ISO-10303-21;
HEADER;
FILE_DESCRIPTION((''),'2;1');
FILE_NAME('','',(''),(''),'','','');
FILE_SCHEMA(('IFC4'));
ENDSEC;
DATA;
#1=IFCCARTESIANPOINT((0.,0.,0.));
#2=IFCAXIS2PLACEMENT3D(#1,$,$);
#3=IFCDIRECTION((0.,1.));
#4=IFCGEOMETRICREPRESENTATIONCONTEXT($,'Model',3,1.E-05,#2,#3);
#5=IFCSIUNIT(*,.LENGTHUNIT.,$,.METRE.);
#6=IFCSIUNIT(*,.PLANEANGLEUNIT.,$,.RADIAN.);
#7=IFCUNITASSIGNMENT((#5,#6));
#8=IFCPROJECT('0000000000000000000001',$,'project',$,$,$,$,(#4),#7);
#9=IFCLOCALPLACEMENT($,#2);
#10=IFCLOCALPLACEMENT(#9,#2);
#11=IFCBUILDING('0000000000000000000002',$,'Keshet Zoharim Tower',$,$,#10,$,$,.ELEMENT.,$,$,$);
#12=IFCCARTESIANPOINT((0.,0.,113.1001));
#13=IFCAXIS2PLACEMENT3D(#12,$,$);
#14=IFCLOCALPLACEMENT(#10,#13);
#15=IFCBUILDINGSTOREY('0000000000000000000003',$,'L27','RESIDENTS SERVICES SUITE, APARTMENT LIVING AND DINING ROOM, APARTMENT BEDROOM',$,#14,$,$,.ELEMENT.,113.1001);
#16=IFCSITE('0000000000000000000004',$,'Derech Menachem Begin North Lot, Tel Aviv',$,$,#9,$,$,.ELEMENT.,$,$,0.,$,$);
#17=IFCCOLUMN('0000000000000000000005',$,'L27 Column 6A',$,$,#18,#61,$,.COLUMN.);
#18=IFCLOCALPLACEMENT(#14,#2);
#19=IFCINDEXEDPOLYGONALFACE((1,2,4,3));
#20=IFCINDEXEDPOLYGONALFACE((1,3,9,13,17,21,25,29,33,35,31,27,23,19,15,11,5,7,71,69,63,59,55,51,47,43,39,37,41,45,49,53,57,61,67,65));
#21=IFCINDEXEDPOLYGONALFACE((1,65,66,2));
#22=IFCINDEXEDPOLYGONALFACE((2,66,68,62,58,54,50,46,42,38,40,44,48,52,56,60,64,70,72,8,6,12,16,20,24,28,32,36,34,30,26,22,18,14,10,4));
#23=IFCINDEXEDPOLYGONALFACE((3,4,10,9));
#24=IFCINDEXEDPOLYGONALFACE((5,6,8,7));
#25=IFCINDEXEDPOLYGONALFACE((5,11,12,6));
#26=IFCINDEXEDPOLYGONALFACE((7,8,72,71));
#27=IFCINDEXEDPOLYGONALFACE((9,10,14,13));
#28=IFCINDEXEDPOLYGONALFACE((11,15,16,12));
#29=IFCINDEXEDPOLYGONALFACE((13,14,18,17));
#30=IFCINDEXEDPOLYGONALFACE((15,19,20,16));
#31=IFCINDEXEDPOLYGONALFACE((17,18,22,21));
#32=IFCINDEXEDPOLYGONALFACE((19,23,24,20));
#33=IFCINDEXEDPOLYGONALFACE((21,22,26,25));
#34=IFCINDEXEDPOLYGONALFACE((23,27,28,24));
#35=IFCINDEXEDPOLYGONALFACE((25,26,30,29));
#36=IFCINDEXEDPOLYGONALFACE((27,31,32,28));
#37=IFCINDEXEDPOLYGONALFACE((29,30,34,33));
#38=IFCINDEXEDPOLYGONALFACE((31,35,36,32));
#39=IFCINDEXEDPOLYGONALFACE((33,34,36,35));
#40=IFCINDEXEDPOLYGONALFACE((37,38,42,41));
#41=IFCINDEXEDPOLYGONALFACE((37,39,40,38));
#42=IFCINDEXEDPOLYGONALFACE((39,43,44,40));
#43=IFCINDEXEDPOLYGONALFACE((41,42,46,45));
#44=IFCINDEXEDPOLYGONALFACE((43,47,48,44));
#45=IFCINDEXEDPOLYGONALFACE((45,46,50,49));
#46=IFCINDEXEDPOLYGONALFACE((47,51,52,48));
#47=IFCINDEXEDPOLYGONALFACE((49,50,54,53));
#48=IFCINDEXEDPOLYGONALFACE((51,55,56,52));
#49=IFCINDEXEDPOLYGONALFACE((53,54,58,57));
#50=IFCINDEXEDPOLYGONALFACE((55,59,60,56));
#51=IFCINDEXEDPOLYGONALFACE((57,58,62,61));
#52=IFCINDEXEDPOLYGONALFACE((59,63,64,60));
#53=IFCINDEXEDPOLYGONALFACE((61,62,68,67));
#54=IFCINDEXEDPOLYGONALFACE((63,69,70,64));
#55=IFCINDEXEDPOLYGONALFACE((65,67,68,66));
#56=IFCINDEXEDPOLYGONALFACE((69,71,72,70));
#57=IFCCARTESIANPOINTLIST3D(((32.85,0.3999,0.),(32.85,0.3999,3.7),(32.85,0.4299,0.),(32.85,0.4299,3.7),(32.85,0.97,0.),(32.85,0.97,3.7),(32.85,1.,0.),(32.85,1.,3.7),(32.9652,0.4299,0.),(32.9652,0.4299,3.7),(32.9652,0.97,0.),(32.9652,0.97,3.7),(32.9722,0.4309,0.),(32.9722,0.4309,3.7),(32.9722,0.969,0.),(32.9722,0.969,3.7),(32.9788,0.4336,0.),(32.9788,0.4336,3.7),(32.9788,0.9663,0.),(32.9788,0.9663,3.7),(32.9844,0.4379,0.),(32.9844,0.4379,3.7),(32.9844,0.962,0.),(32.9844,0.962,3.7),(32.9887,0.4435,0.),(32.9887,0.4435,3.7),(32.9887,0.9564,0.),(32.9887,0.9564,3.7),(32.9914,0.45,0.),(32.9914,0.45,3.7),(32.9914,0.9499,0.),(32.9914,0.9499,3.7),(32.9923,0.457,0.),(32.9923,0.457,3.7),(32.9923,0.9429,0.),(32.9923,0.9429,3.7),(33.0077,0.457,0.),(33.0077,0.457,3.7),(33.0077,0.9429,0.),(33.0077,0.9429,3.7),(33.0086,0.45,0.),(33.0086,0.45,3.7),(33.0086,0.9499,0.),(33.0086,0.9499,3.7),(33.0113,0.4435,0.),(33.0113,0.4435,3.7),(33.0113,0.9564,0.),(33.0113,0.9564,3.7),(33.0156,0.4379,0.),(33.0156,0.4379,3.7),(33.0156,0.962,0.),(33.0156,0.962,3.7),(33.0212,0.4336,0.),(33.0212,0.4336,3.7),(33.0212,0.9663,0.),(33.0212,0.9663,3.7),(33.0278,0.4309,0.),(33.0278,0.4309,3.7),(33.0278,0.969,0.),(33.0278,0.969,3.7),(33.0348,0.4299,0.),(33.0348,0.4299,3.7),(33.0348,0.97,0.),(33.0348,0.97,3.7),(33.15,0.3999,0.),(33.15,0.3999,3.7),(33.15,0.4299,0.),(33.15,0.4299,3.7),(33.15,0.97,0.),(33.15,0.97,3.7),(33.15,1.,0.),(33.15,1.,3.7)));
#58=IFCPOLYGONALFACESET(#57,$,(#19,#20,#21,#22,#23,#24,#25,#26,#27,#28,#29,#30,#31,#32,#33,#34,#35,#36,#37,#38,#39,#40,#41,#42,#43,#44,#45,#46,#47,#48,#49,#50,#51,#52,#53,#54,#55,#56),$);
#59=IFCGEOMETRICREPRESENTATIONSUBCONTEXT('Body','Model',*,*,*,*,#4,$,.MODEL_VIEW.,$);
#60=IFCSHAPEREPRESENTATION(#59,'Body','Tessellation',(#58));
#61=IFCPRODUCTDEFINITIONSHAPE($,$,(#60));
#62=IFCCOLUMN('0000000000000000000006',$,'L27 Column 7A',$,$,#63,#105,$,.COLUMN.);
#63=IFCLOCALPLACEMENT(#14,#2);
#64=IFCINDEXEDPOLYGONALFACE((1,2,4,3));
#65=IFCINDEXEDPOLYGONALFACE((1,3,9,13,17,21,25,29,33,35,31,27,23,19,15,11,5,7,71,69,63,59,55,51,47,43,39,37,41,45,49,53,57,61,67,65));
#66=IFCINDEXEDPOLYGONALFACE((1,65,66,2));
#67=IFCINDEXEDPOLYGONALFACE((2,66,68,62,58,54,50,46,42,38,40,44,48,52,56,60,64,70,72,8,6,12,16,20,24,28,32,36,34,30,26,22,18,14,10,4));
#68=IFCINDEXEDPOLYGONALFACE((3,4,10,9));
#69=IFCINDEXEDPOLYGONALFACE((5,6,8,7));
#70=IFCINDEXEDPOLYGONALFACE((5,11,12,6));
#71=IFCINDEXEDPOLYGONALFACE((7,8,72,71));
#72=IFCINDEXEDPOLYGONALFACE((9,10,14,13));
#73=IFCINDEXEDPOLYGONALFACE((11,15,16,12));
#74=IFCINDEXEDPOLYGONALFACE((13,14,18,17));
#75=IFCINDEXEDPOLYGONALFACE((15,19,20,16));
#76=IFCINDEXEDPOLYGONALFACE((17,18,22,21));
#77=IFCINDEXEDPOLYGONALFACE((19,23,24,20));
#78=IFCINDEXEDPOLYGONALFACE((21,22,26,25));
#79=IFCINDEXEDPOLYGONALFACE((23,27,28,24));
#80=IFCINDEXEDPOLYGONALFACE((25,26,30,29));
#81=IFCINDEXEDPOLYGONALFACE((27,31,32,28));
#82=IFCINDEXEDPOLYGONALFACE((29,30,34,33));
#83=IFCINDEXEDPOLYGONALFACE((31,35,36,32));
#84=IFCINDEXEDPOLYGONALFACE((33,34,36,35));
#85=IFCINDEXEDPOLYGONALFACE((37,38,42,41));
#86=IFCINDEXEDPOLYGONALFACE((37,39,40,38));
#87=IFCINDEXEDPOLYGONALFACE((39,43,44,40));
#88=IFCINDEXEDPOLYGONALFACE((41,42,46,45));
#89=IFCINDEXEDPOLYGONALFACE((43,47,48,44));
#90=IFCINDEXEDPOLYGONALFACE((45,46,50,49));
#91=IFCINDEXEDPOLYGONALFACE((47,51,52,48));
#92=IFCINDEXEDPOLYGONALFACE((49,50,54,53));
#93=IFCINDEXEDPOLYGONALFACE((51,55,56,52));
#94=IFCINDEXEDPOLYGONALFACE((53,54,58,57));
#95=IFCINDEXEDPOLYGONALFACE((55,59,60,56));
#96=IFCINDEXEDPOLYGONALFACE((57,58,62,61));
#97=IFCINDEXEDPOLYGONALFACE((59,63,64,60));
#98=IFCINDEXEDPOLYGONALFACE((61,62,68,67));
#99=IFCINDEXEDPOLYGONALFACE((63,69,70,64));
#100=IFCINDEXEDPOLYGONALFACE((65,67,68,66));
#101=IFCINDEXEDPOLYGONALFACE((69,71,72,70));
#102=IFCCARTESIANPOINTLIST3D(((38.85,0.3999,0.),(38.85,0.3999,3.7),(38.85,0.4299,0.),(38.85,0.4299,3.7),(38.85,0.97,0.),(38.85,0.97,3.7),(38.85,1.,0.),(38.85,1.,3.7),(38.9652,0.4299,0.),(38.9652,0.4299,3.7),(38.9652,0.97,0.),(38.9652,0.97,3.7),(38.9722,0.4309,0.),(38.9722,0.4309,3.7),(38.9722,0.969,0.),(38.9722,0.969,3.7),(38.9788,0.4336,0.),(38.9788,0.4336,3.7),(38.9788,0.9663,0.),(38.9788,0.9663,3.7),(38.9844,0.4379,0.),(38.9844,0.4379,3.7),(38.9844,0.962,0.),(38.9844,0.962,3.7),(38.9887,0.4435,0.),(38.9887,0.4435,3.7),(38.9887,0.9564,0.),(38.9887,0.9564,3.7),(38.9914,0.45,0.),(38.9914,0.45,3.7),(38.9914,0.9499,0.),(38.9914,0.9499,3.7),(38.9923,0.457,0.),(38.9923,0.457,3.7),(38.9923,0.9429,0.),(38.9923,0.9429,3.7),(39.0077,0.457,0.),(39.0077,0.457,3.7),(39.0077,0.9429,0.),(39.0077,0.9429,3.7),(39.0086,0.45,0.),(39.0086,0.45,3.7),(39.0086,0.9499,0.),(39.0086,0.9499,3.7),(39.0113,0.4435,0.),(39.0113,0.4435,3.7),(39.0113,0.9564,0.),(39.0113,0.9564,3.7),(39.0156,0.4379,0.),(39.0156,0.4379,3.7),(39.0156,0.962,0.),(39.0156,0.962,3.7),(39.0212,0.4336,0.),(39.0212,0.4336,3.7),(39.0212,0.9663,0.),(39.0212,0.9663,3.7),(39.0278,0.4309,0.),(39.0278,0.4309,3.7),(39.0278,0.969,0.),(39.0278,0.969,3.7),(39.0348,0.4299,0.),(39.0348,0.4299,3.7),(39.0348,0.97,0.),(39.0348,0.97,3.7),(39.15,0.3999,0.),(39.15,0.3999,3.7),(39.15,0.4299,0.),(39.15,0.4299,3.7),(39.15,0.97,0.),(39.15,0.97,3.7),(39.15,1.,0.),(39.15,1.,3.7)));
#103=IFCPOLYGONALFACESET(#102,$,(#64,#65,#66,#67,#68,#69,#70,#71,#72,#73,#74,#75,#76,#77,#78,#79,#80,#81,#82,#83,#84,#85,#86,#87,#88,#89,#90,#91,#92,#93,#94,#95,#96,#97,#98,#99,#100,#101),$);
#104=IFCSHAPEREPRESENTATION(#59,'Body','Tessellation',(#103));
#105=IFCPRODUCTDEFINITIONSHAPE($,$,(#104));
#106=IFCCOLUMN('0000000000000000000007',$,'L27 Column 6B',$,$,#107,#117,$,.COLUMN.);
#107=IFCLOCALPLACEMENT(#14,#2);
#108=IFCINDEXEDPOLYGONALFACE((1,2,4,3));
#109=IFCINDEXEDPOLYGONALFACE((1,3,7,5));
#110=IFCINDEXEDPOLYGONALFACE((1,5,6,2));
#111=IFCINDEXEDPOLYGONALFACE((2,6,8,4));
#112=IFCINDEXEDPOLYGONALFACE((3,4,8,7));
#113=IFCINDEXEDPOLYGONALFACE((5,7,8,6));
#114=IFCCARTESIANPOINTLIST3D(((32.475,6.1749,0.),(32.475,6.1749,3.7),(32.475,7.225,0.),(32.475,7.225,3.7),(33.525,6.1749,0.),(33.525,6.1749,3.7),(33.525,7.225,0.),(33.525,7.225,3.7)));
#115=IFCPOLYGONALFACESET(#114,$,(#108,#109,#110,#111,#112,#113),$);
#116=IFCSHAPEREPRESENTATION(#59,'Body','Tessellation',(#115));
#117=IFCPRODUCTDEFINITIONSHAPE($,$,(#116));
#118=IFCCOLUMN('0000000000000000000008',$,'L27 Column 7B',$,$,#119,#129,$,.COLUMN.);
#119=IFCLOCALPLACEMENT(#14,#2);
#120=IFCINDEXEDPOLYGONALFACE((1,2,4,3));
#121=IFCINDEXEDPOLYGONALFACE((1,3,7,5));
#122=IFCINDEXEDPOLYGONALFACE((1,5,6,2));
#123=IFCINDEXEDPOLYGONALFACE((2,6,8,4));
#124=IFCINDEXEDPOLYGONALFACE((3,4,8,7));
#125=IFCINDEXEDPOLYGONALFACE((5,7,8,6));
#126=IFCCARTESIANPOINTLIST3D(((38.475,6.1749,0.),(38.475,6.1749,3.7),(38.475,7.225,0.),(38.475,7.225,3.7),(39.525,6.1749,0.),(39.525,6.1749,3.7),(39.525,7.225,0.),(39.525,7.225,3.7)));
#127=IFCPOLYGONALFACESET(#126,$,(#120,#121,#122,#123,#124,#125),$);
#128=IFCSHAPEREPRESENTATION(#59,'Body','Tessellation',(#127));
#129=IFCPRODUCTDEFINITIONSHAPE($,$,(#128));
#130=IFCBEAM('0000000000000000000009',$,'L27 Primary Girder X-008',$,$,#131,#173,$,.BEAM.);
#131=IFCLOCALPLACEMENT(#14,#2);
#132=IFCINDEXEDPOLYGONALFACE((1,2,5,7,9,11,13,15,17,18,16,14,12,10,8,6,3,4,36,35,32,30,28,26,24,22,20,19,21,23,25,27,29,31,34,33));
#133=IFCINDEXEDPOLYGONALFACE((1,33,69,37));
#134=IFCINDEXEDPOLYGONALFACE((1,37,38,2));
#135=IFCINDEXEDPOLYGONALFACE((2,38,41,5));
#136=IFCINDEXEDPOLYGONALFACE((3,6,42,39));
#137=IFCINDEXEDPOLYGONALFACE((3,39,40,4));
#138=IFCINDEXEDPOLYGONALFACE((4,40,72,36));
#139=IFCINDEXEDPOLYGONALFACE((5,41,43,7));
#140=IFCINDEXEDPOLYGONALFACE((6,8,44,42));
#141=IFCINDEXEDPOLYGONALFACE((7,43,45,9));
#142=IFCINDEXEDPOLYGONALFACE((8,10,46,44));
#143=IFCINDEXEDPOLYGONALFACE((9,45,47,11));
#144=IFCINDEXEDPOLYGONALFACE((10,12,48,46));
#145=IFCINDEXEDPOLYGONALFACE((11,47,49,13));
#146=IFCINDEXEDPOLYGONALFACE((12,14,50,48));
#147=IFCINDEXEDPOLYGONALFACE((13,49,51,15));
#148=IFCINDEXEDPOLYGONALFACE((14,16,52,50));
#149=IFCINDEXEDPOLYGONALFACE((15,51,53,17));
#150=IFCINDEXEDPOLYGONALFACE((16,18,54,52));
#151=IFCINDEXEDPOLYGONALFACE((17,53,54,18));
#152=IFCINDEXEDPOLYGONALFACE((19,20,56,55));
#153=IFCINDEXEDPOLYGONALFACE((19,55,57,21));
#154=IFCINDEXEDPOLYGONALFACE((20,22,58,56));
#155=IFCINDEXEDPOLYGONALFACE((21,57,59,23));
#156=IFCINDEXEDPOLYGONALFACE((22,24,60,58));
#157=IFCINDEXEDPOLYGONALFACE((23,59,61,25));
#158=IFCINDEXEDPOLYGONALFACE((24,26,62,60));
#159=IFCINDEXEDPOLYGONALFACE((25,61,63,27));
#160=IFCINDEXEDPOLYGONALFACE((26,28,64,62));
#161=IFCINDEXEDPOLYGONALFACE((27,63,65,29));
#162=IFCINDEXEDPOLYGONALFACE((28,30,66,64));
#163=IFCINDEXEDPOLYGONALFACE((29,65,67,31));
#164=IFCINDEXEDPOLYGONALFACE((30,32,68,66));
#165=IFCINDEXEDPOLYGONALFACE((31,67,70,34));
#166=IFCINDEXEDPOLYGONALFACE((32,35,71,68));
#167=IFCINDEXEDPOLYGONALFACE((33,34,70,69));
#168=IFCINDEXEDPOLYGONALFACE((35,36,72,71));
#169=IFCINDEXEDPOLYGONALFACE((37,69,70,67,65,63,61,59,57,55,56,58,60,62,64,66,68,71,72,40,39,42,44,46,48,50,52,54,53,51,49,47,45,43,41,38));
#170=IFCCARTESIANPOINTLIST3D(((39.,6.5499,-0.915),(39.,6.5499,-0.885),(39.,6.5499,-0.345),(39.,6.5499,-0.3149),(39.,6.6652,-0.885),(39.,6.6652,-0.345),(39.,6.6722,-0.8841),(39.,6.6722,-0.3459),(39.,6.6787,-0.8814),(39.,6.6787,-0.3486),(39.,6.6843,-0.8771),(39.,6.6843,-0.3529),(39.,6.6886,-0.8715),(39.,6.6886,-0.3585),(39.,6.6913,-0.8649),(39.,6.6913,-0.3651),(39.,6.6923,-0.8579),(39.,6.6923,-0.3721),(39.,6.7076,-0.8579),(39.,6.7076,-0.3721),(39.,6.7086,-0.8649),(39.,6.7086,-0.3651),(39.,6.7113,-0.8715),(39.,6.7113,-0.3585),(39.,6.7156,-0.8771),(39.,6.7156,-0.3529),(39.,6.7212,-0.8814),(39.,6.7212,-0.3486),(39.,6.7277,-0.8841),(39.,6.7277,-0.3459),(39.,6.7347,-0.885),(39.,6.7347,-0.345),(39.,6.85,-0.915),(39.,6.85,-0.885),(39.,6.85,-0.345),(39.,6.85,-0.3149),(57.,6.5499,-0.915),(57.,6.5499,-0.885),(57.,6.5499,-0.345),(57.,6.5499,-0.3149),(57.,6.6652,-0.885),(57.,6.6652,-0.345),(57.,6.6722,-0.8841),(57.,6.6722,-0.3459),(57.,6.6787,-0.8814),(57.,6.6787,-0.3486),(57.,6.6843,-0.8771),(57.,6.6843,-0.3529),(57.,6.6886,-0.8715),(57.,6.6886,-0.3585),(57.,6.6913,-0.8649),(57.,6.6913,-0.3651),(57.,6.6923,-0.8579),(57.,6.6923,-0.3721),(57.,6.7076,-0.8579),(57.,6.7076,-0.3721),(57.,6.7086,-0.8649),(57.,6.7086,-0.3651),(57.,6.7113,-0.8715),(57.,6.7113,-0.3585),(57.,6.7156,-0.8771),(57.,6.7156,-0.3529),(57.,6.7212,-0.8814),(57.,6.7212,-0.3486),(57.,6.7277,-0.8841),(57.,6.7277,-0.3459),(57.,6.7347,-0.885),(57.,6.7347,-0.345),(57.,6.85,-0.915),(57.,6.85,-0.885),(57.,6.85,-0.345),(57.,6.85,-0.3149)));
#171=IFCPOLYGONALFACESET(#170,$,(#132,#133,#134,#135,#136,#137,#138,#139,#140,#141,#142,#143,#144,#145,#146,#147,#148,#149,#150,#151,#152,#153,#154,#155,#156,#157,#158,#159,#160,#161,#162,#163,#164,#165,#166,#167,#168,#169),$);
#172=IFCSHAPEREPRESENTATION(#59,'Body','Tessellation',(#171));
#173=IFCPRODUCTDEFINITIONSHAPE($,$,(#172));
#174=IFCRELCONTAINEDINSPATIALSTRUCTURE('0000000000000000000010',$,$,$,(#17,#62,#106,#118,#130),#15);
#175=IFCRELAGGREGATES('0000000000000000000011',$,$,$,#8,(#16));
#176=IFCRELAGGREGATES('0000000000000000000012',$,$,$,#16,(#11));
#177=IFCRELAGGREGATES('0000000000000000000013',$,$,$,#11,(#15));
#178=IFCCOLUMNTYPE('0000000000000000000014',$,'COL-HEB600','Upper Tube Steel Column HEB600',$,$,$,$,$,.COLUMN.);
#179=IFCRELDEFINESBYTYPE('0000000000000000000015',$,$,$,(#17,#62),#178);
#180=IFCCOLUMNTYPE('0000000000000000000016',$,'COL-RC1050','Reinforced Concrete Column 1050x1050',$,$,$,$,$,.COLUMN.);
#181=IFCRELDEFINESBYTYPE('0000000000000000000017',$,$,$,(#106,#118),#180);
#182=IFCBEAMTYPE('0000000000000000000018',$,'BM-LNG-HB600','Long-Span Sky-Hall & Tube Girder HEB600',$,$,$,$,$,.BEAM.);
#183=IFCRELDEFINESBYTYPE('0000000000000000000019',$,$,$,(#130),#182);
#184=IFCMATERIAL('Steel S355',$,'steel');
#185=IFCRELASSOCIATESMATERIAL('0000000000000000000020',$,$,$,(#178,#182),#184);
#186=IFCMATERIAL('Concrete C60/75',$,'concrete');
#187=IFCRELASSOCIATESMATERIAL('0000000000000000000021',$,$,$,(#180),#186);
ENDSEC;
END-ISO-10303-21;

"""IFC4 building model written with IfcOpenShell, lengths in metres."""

from ifc_helpers import new_model, si_unit, direction, frame, origin, origin_2d, place, context, subcontext, project, spatial, rectangle, i_section, extrude, material, material_profile, profile_set, type_object, element, save


model = new_model("IFC4")

# Units and contexts
model_context = context("Model", 3, precision=1e-05, world=origin(), true_north=direction((0.0, 1.0)))
body_context = subcontext(model_context, "Body", "Model", "MODEL_VIEW")
ifc_project = project(units=[si_unit("LENGTHUNIT", "METRE"), si_unit("PLANEANGLEUNIT", "RADIAN")], contexts=[model_context])

# Site, building, storey
site_placement = place(None, origin())
site = spatial("IfcSite", under=ifc_project, at=site_placement, Name="Derech Menachem Begin North Lot, Tel Aviv", CompositionType="ELEMENT", RefElevation=0.0)
building_placement = place(site_placement, origin())
building = spatial("IfcBuilding", under=site, at=building_placement, Name="Keshet Zoharim Tower", CompositionType="ELEMENT")
storey_placement = place(building_placement, frame((0.0, 0.0, 113.1001)))
storey = spatial("IfcBuildingStorey", under=building, at=storey_placement, Name="L27", Description="RESIDENTS SERVICES SUITE, APARTMENT LIVING AND DINING ROOM, APARTMENT BEDROOM", CompositionType="ELEMENT", Elevation=113.1001)

# Columns
ifc_material_1 = material(Name="Steel S355", Category="steel")
ifc_material_profile_1 = material_profile(ifc_material_1, i_section(OverallWidth=0.3, OverallDepth=0.6001, WebThickness=0.0154, FlangeThickness=0.03, FilletRadius=0.0271, at=origin_2d()), Name="HEB600")
ifc_profile_set_1 = profile_set([ifc_material_profile_1], Name="Steel S355")
column_type_1 = type_object("IfcColumnType", Name="COL-HEB600", Description="Upper Tube Steel Column HEB600", PredefinedType="COLUMN", material=ifc_profile_set_1)
for number, where, z_axis, x_axis, name in (
    (1, (33.0, 0.7, 0.0), (0.0, 0.0, 1.0), (1.0, 0.0, 0.0), "L27 Column 6A"),
    (2, (39.0, 0.7, 0.0), (0.0, 0.0, 1.0), (1.0, 0.0, 0.0), "L27 Column 7A"),
):
    element("IfcColumn", number, at=place(storey_placement, frame(where, z_axis=z_axis, x_axis=x_axis)), inside=storey, type_object=column_type_1, Name=name, PredefinedType="COLUMN", context=body_context, shape_type="SweptSolid", body=[
        extrude(i_section(OverallWidth=0.3, OverallDepth=0.6001, WebThickness=0.0154, FlangeThickness=0.03, FilletRadius=0.0271, at=origin_2d()), origin(), (0.0, 0.0, 1.0), 3.7),
    ])
ifc_material_2 = material(Name="Concrete C60/75", Category="concrete")
ifc_material_profile_2 = material_profile(ifc_material_2, rectangle(XDim=1.05, YDim=1.05, at=origin_2d()), Name="RC1050x1050")
ifc_profile_set_2 = profile_set([ifc_material_profile_2], Name="Concrete C60/75")
column_type_2 = type_object("IfcColumnType", Name="COL-RC1050", Description="Reinforced Concrete Column 1050x1050", PredefinedType="COLUMN", material=ifc_profile_set_2)
for number, where, z_axis, x_axis, name in (
    (3, (33.0, 6.7, 0.0), (0.0, 0.0, 1.0), (1.0, 0.0, 0.0), "L27 Column 6B"),
    (4, (39.0, 6.7, 0.0), (0.0, 0.0, 1.0), (1.0, 0.0, 0.0), "L27 Column 7B"),
):
    element("IfcColumn", number, at=place(storey_placement, frame(where, z_axis=z_axis, x_axis=x_axis)), inside=storey, type_object=column_type_2, Name=name, PredefinedType="COLUMN", context=body_context, shape_type="SweptSolid", body=[
        extrude(rectangle(XDim=1.05, YDim=1.05, at=origin_2d()), origin(), (0.0, 0.0, 1.0), 3.7),
    ])

# Beam
ifc_material_profile_3 = material_profile(ifc_material_1, i_section(OverallWidth=0.3, OverallDepth=0.6001, WebThickness=0.0154, FlangeThickness=0.03, FilletRadius=0.0271, at=origin_2d()), Name="HEB600")
ifc_profile_set_3 = profile_set([ifc_material_profile_3], Name="Steel S355")
beam_type_1 = type_object("IfcBeamType", Name="BM-LNG-HB600", Description="Long-Span Sky-Hall & Tube Girder HEB600", PredefinedType="BEAM", material=ifc_profile_set_3)
beam_placement = place(storey_placement, frame((39.0, 6.7, -0.615), z_axis=(1.0, 0.0, 0.0), x_axis=(0.0, 1.0, 0.0)))
element("IfcBeam", 5, at=beam_placement, inside=storey, type_object=beam_type_1, Name="L27 Primary Girder X-008", PredefinedType="BEAM", context=body_context, shape_type="SweptSolid", body=[
    extrude(i_section(OverallWidth=0.3, OverallDepth=0.6001, WebThickness=0.0154, FlangeThickness=0.03, FilletRadius=0.0271, at=origin_2d()), origin(), (0.0, 0.0, 1.0), 18.0),
])

save(model, "model.ifc")
